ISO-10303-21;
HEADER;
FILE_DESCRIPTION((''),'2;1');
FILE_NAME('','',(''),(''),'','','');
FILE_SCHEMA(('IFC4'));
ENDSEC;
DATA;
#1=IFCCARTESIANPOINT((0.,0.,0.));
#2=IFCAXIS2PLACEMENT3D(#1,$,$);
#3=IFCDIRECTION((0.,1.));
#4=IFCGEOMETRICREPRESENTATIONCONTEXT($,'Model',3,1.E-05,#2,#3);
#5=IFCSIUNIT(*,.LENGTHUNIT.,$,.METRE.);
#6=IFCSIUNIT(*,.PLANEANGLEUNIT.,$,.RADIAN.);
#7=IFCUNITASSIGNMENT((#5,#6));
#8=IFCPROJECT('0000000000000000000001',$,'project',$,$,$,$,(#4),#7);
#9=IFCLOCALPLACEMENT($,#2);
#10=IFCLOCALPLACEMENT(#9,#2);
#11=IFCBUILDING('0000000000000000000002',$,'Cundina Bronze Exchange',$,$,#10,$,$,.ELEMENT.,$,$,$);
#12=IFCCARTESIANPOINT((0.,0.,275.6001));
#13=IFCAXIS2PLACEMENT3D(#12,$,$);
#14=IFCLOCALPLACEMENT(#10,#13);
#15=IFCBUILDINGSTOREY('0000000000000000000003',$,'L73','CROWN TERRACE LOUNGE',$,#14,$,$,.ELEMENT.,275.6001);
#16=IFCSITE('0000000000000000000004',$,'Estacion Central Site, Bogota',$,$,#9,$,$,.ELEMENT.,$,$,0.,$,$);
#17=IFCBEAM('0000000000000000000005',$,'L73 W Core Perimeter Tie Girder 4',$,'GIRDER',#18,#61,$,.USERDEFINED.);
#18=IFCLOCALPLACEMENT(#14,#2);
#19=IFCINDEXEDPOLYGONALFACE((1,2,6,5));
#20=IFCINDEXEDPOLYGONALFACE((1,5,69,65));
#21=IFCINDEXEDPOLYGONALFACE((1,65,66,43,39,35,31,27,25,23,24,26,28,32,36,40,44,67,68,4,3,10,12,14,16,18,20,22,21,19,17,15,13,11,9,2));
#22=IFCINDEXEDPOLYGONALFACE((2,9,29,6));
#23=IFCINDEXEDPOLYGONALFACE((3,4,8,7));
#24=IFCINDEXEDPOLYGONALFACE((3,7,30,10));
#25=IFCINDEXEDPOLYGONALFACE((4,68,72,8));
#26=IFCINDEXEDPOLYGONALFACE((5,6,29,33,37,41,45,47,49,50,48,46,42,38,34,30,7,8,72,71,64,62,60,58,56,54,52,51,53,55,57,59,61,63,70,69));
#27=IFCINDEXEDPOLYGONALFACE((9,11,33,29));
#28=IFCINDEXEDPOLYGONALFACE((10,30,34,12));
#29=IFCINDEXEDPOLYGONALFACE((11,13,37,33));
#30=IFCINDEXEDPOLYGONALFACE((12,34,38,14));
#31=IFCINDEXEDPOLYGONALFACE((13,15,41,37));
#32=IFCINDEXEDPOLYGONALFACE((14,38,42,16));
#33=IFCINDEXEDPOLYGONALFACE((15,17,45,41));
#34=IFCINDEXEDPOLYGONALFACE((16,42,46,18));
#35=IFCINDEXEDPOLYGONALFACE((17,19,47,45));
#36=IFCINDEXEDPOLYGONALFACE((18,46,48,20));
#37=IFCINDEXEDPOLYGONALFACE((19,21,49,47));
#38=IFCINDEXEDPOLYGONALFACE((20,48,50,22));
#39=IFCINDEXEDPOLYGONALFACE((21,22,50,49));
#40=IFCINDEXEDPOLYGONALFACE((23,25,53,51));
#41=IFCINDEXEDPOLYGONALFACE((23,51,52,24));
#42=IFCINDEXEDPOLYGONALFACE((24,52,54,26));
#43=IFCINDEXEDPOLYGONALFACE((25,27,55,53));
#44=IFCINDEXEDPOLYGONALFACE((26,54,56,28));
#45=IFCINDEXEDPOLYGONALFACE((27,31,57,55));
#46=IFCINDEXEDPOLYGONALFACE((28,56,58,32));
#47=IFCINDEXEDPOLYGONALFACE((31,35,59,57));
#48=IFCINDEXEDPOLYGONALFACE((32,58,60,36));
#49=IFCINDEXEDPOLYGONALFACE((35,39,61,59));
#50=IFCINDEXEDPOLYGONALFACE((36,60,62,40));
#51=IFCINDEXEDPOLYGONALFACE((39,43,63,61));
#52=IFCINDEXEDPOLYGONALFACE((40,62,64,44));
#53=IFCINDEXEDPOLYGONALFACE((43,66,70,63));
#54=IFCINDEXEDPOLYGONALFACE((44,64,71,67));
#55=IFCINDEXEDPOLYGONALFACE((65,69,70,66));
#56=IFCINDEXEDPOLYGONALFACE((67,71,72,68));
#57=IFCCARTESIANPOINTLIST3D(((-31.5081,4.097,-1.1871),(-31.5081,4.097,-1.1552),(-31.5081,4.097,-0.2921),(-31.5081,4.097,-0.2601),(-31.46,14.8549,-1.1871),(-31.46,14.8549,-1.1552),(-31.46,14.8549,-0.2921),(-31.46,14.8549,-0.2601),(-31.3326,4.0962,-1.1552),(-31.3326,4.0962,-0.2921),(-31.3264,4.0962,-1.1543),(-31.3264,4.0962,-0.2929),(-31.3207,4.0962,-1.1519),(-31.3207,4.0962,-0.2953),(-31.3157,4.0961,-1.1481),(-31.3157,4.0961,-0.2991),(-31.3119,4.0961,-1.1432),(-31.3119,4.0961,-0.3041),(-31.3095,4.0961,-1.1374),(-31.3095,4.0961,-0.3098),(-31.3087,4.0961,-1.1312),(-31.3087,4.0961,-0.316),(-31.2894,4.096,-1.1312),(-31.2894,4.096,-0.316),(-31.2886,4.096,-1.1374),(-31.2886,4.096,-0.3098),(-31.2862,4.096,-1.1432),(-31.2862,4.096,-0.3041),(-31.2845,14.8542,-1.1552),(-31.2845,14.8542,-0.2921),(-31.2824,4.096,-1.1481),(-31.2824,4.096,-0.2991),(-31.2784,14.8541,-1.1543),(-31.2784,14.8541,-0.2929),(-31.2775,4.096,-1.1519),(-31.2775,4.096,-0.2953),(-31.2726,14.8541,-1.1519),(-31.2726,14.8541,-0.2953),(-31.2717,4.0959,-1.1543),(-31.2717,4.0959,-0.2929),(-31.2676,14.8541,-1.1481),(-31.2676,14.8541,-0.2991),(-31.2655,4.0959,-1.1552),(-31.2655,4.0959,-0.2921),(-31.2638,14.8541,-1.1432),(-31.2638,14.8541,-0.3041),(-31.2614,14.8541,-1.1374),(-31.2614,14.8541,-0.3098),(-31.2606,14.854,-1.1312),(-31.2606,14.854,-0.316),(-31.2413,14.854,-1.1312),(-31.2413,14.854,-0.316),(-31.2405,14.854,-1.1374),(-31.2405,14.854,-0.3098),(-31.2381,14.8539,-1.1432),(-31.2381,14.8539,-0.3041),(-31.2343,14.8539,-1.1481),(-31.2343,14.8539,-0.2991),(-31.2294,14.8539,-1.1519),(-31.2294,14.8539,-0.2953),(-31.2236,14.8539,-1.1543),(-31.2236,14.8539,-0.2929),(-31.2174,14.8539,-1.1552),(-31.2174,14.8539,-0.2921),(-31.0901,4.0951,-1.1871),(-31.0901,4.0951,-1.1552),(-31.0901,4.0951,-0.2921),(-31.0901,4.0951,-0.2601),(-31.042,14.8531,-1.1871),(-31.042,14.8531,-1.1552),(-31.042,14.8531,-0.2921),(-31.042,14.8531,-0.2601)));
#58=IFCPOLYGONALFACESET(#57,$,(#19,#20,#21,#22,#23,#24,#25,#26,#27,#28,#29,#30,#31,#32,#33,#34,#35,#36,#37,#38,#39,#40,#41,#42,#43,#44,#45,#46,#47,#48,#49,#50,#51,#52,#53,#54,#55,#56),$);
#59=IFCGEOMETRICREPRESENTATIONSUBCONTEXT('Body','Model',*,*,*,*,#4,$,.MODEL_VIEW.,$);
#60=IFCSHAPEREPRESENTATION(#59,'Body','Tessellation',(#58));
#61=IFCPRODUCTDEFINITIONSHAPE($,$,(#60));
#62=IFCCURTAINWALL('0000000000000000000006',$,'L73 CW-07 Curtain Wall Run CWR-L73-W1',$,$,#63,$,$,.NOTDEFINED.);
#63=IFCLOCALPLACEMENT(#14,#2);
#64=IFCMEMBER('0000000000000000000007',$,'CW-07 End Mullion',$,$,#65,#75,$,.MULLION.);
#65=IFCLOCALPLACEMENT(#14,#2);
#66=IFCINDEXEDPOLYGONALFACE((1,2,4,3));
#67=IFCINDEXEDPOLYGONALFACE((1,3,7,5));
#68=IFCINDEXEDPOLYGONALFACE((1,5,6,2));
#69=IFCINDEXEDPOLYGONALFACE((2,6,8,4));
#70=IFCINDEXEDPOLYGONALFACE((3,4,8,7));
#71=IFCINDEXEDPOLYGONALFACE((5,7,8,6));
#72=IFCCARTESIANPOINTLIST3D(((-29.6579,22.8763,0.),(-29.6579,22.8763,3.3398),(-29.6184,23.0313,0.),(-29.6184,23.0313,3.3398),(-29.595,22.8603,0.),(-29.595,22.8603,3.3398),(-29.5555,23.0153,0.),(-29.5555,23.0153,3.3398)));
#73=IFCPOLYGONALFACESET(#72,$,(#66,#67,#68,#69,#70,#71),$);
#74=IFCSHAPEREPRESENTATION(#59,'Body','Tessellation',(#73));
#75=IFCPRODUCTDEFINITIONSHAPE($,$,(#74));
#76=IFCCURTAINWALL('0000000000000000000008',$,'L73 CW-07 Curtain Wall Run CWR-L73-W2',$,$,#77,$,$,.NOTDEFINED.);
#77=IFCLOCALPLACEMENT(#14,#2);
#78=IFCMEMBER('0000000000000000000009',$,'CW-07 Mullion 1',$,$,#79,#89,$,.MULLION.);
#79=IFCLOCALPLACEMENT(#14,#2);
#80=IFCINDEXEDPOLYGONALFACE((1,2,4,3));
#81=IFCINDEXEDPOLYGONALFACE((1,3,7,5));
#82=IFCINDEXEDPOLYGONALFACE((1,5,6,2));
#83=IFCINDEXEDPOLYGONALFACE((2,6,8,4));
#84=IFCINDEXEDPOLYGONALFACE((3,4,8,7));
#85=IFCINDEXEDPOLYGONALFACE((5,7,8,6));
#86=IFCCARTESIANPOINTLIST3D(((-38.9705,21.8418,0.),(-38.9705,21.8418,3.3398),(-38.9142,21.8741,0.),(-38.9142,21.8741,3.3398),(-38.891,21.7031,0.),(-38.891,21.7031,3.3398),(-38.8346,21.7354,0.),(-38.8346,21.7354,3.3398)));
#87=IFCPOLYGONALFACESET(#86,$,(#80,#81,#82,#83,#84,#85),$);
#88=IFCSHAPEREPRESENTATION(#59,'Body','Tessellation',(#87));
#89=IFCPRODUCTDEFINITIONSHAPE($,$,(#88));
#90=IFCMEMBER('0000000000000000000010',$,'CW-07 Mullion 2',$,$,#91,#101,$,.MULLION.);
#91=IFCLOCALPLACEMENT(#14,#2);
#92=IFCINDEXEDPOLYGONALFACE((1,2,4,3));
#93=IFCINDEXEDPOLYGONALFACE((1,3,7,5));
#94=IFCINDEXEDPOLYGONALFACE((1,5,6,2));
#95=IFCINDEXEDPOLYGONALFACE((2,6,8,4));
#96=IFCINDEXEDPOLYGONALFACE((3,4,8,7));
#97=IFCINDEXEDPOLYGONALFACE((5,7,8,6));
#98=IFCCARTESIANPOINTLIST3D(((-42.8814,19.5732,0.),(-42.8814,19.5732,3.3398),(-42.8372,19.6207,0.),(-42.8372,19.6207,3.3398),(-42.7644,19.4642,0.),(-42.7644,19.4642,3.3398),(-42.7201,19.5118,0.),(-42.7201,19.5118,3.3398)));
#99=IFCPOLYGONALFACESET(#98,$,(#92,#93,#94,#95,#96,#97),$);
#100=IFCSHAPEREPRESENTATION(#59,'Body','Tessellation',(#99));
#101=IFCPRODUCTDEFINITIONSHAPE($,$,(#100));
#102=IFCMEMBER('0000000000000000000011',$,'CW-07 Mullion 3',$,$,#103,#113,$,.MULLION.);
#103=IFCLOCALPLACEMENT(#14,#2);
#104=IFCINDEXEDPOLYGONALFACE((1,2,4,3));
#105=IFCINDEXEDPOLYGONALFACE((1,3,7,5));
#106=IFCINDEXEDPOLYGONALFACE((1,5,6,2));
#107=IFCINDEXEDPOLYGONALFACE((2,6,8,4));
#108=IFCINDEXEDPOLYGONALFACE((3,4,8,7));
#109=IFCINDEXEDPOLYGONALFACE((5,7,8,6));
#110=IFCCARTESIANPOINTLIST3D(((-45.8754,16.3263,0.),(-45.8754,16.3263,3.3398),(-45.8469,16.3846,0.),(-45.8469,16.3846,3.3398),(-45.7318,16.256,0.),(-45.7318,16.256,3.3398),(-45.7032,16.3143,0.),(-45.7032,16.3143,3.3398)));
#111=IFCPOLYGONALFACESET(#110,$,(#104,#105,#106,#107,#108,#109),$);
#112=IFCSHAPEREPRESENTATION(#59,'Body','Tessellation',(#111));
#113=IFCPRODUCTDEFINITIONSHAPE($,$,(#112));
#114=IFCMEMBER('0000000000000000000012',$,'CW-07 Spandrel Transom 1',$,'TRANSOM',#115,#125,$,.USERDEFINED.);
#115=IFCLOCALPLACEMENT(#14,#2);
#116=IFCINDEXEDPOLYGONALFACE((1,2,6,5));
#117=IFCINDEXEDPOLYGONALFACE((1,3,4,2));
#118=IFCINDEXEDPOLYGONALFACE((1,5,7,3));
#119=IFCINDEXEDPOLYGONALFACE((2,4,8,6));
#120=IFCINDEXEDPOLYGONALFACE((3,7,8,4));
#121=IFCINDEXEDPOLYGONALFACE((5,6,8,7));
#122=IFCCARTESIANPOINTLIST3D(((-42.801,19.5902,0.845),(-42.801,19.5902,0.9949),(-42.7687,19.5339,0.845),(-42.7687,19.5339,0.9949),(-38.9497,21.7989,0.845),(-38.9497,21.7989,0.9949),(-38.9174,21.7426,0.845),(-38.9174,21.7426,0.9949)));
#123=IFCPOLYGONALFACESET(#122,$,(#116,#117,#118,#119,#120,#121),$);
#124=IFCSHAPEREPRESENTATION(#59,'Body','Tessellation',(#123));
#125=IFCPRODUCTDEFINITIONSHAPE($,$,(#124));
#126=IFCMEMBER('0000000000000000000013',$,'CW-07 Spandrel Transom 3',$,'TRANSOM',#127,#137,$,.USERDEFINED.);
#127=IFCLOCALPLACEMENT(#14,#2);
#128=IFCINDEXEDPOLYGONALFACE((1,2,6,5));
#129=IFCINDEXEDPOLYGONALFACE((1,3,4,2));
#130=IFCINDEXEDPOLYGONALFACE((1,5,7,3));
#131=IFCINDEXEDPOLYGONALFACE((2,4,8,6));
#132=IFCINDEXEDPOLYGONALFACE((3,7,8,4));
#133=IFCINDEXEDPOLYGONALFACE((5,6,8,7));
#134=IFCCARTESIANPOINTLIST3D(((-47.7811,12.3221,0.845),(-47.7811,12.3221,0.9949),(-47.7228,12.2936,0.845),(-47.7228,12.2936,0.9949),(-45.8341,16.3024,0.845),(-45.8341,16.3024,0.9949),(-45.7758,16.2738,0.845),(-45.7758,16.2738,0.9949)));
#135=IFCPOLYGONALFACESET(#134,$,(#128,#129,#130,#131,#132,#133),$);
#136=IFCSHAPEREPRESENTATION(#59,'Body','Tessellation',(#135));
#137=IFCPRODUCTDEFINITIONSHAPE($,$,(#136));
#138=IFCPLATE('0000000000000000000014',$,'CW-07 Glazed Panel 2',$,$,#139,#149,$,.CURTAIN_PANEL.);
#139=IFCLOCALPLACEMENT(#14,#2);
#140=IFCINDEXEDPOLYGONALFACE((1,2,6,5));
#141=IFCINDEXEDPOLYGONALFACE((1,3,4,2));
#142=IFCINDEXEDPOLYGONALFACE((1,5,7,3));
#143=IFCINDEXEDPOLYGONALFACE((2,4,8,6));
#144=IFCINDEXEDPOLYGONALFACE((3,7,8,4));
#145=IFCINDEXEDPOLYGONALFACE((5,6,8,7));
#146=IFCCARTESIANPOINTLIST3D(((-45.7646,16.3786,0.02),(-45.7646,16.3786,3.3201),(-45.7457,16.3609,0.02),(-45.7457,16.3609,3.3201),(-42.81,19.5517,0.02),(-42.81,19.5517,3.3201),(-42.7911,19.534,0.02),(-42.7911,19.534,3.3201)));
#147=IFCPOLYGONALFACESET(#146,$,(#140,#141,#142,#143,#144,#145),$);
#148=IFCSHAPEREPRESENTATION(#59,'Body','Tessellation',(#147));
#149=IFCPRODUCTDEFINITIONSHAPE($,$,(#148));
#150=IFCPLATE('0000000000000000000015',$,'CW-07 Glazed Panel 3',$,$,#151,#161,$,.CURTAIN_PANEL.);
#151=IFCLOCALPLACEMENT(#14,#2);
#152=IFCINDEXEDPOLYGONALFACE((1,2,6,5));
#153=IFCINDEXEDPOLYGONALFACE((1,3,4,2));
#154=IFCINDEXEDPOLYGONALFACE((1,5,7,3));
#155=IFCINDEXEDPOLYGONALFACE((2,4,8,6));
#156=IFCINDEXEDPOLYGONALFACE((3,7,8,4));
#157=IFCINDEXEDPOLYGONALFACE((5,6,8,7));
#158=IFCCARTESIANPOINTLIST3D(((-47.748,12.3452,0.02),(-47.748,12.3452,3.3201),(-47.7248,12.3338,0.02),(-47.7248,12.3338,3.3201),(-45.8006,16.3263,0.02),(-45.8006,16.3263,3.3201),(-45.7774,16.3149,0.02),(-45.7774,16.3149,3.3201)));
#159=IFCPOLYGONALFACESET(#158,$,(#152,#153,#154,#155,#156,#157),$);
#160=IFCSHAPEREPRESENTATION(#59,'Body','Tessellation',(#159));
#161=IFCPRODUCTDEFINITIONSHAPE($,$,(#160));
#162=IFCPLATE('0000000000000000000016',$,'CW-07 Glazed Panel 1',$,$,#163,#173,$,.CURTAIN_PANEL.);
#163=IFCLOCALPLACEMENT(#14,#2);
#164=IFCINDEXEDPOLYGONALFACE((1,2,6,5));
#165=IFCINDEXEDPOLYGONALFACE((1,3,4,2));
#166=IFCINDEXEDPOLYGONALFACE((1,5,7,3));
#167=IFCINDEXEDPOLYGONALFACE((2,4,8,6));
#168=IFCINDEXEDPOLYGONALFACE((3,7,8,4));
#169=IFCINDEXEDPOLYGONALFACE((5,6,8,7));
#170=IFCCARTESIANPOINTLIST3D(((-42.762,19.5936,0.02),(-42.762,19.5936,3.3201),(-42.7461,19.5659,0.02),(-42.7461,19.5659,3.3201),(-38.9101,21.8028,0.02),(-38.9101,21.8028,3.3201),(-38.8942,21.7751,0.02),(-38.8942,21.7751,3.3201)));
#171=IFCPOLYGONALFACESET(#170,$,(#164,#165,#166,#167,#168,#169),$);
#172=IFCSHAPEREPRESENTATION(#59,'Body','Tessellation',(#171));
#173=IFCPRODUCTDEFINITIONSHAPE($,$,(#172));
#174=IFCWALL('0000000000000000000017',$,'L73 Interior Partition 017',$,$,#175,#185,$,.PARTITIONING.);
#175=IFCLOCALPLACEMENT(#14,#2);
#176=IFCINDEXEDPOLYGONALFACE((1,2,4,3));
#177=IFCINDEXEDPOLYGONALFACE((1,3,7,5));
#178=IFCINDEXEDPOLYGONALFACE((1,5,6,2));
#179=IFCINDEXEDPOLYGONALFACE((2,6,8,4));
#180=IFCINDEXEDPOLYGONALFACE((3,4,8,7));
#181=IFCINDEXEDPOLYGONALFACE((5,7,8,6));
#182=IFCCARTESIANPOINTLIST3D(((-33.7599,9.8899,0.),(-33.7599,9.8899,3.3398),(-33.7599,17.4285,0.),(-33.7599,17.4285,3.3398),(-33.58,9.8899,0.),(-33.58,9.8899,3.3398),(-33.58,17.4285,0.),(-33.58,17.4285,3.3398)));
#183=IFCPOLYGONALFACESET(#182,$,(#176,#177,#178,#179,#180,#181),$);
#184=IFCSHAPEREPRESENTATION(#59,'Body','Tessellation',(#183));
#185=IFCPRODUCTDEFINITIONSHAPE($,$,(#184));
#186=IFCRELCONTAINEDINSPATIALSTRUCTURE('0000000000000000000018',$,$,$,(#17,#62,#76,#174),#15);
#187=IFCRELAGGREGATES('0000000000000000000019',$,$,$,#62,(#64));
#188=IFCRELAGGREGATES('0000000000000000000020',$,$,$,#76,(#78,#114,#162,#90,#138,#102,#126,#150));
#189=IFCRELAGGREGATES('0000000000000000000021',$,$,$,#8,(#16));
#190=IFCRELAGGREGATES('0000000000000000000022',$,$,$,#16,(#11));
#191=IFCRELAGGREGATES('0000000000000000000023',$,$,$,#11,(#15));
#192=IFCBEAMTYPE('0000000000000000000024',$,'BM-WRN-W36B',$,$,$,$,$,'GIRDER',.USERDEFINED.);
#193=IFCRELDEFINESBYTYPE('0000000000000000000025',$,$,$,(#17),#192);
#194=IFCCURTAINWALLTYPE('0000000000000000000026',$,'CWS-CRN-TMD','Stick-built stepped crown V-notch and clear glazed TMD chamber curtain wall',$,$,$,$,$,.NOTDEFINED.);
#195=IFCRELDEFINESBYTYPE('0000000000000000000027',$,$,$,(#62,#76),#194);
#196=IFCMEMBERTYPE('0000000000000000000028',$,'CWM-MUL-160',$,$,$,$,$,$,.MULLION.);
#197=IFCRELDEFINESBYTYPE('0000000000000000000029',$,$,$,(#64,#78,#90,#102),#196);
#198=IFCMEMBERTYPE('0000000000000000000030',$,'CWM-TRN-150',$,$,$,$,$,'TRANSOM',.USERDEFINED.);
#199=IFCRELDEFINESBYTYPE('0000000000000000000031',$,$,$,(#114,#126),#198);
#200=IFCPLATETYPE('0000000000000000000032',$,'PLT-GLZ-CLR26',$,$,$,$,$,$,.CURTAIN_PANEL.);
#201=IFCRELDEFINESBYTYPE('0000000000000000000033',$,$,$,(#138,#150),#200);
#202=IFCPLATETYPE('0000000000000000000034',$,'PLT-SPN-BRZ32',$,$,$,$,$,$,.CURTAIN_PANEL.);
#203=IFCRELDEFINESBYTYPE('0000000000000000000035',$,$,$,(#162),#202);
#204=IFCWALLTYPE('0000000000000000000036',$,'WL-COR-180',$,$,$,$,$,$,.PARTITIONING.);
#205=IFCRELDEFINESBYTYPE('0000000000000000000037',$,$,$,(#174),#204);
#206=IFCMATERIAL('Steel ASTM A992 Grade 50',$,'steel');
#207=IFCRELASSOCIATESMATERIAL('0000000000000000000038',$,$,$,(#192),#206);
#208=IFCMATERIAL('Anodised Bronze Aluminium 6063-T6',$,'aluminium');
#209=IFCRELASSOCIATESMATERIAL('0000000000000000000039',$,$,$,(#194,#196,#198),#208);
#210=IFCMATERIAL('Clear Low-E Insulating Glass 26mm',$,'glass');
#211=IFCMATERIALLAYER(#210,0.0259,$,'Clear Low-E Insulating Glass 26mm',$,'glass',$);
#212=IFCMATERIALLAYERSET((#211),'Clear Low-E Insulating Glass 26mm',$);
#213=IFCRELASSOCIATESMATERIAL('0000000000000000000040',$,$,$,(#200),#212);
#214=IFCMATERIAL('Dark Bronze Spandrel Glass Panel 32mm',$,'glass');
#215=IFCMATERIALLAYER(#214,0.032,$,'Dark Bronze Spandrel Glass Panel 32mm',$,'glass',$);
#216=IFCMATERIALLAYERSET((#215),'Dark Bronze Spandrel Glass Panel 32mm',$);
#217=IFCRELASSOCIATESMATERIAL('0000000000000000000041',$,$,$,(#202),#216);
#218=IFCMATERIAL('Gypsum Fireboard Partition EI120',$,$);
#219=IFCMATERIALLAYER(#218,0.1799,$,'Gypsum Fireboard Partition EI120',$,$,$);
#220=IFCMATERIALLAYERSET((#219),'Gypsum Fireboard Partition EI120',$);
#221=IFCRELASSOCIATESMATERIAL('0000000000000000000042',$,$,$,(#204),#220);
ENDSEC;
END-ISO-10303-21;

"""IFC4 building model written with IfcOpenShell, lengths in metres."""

from ifc_helpers import new_model, si_unit, direction, frame, frame_2d, origin, origin_2d, place, context, subcontext, project, spatial, rectangle, i_section, extrude, material, layer, layer_set, material_profile, profile_set, type_object, element, aggregate, save


model = new_model("IFC4")

# Units and contexts
model_context = context("Model", 3, precision=1e-05, world=origin(), true_north=direction((0.0, 1.0)))
body_context = subcontext(model_context, "Body", "Model", "MODEL_VIEW")
ifc_project = project(units=[si_unit("LENGTHUNIT", "METRE"), si_unit("PLANEANGLEUNIT", "RADIAN")], contexts=[model_context])

# Site, building, storey
site_placement = place(None, origin())
site = spatial("IfcSite", under=ifc_project, at=site_placement, Name="Estacion Central Site, Bogota", CompositionType="ELEMENT", RefElevation=0.0)
building_placement = place(site_placement, origin())
building = spatial("IfcBuilding", under=site, at=building_placement, Name="Cundina Bronze Exchange", CompositionType="ELEMENT")
storey_placement = place(building_placement, frame((0.0, 0.0, 275.6001)))
storey = spatial("IfcBuildingStorey", under=building, at=storey_placement, Name="L73", Description="CROWN TERRACE LOUNGE", CompositionType="ELEMENT", Elevation=275.6001)

# Shared definitions
ifc_material_1 = material(Name="Steel ASTM A992 Grade 50", Category="steel")

# Beam
ifc_material_profile_1 = material_profile(ifc_material_1, i_section(OverallWidth=0.418, OverallDepth=0.927, WebThickness=0.0193, FlangeThickness=0.032, FilletRadius=0.0239, at=origin_2d()), Name="W36X231", Category="steel")
ifc_profile_set_1 = profile_set([ifc_material_profile_1], Name="Steel ASTM A992 Grade 50")
beam_type_1 = type_object("IfcBeamType", Name="BM-WRN-W36B", ElementType="GIRDER", PredefinedType="USERDEFINED", material=ifc_profile_set_1)
beam_1_placement = place(storey_placement, frame((-31.251, 14.854, -0.7236), z_axis=(-0.004471, -0.99999, 0.0), x_axis=(0.99999, -0.004471, 0.0)))
element("IfcBeam", 1, at=beam_1_placement, inside=storey, type_object=beam_type_1, Name="L73 W Core Perimeter Tie Girder 4", ObjectType="GIRDER", PredefinedType="USERDEFINED", context=body_context, shape_type="SweptSolid", body=[
    extrude(i_section(OverallWidth=0.418, OverallDepth=0.927, WebThickness=0.0193, FlangeThickness=0.032, FilletRadius=0.0239, at=origin_2d()), origin(), (0.0, 0.0, 1.0), 10.7581),
])

# Curtain wall, member
ifc_material_2 = material(Name="Anodised Bronze Aluminium 6063-T6", Category="aluminium")
curtain_wall_type = type_object("IfcCurtainWallType", Name="CWS-CRN-TMD", Description="Stick-built stepped crown V-notch and clear glazed TMD chamber curtain wall", PredefinedType="NOTDEFINED", material=ifc_material_2)
curtain_wall_1_placement = place(storey_placement, origin())
curtain_wall_1 = element("IfcCurtainWall", 2, at=curtain_wall_1_placement, inside=storey, type_object=curtain_wall_type, Name="L73 CW-07 Curtain Wall Run CWR-L73-W1", PredefinedType="NOTDEFINED")
ifc_material_profile_2 = material_profile(ifc_material_2, rectangle(XDim=0.0649, YDim=0.1599, at=origin_2d()), Name="AL65X160", Category="aluminium")
ifc_profile_set_2 = profile_set([ifc_material_profile_2], Name="Anodised Bronze Aluminium 6063-T6")
member_type_1 = type_object("IfcMemberType", Name="CWM-MUL-160", PredefinedType="MULLION", material=ifc_profile_set_2)
member_1_placement = place(storey_placement, frame((-29.6067, 22.9458, 0.0), z_axis=(0.0, 0.0, 1.0), x_axis=(-0.969059, 0.24683, 0.0)))
member_1 = element("IfcMember", 3, at=member_1_placement, type_object=member_type_1, Name="CW-07 End Mullion", PredefinedType="MULLION", context=body_context, shape_type="SweptSolid", body=[
    extrude(rectangle(XDim=0.0649, YDim=0.1599, at=origin_2d()), origin(), (0.0, 0.0, 1.0), 3.3398),
])
aggregate(curtain_wall_1, [member_1])

# Curtain wall, members, plates
curtain_wall_2_placement = place(storey_placement, origin())
curtain_wall_2 = element("IfcCurtainWall", 4, at=curtain_wall_2_placement, inside=storey, type_object=curtain_wall_type, Name="L73 CW-07 Curtain Wall Run CWR-L73-W2", PredefinedType="NOTDEFINED")
member_2_placement = place(storey_placement, frame((-38.9026, 21.7886, 0.0), z_axis=(0.0, 0.0, 1.0), x_axis=(-0.867418, -0.49758, 0.0)))
member_2 = element("IfcMember", 5, at=member_2_placement, type_object=member_type_1, Name="CW-07 Mullion 1", PredefinedType="MULLION", context=body_context, shape_type="SweptSolid", body=[
    extrude(rectangle(XDim=0.0649, YDim=0.1599, at=origin_2d()), origin(), (0.0, 0.0, 1.0), 3.3398),
])
member_3_placement = place(storey_placement, frame((-42.8008, 19.5425, 0.0), z_axis=(0.0, 0.0, 1.0), x_axis=(-0.681488, -0.73183, 0.0)))
member_3 = element("IfcMember", 6, at=member_3_placement, type_object=member_type_1, Name="CW-07 Mullion 2", PredefinedType="MULLION", context=body_context, shape_type="SweptSolid", body=[
    extrude(rectangle(XDim=0.0649, YDim=0.1599, at=origin_2d()), origin(), (0.0, 0.0, 1.0), 3.3398),
])
member_4_placement = place(storey_placement, frame((-45.7893, 16.3203, 0.0), z_axis=(0.0, 0.0, 1.0), x_axis=(-0.439469, -0.898258, 0.0)))
member_4 = element("IfcMember", 7, at=member_4_placement, type_object=member_type_1, Name="CW-07 Mullion 3", PredefinedType="MULLION", context=body_context, shape_type="SweptSolid", body=[
    extrude(rectangle(XDim=0.0649, YDim=0.1599, at=origin_2d()), origin(), (0.0, 0.0, 1.0), 3.3398),
])
ifc_material_profile_3 = material_profile(ifc_material_2, rectangle(XDim=0.0649, YDim=0.1499, at=origin_2d()), Name="AL65X150", Category="aluminium")
ifc_profile_set_3 = profile_set([ifc_material_profile_3], Name="Anodised Bronze Aluminium 6063-T6")
member_type_2 = type_object("IfcMemberType", Name="CWM-TRN-150", ElementType="TRANSOM", PredefinedType="USERDEFINED", material=ifc_profile_set_3)
member_5_placement = place(storey_placement, frame((-38.9336, 21.7708, 0.9199), z_axis=(-0.867467, -0.497494, 0.0), x_axis=(0.497494, -0.867467, 0.0)))
member_5 = element("IfcMember", 8, at=member_5_placement, type_object=member_type_2, Name="CW-07 Spandrel Transom 1", ObjectType="TRANSOM", PredefinedType="USERDEFINED", context=body_context, shape_type="SweptSolid", body=[
    extrude(rectangle(XDim=0.0649, YDim=0.1499, at=origin_2d()), origin(), (0.0, 0.0, 1.0), 4.4397),
])
member_6_placement = place(storey_placement, frame((-45.8049, 16.2881, 0.9199), z_axis=(-0.439417, -0.898283, 0.0), x_axis=(0.898283, -0.439417, 0.0)))
member_6 = element("IfcMember", 9, at=member_6_placement, type_object=member_type_2, Name="CW-07 Spandrel Transom 3", ObjectType="TRANSOM", PredefinedType="USERDEFINED", context=body_context, shape_type="SweptSolid", body=[
    extrude(rectangle(XDim=0.0649, YDim=0.1499, at=origin_2d()), origin(), (0.0, 0.0, 1.0), 4.4309),
])
ifc_material_3 = material(Name="Clear Low-E Insulating Glass 26mm", Category="glass")
ifc_layer_1 = layer(ifc_material_3, 0.0259, Name="Clear Low-E Insulating Glass 26mm", Category="glass")
ifc_layer_set_1 = layer_set([ifc_layer_1], Name="Clear Low-E Insulating Glass 26mm")
plate_type_1 = type_object("IfcPlateType", Name="PLT-GLZ-CLR26", PredefinedType="CURTAIN_PANEL", material=ifc_layer_set_1)
plate_1_placement = place(storey_placement, frame((-44.2778, 17.9563, 0.02), z_axis=(0.0, 0.0, 1.0), x_axis=(-0.681462, -0.731853, 0.0)))
plate_1 = element("IfcPlate", 10, at=plate_1_placement, type_object=plate_type_1, Name="CW-07 Glazed Panel 2", PredefinedType="CURTAIN_PANEL", context=body_context, shape_type="SweptSolid", body=[
    extrude(rectangle(XDim=4.3357, YDim=0.0259, at=origin_2d()), origin(), (0.0, 0.0, 1.0), 3.3),
])
plate_2_placement = place(storey_placement, frame((-46.7627, 14.3301, 0.02), z_axis=(0.0, 0.0, 1.0), x_axis=(-0.439406, -0.898288, 0.0)))
plate_2 = element("IfcPlate", 11, at=plate_2_placement, type_object=plate_type_1, Name="CW-07 Glazed Panel 3", PredefinedType="CURTAIN_PANEL", context=body_context, shape_type="SweptSolid", body=[
    extrude(rectangle(XDim=4.4319, YDim=0.0259, at=origin_2d()), origin(), (0.0, 0.0, 1.0), 3.3),
])
ifc_material_4 = material(Name="Dark Bronze Spandrel Glass Panel 32mm", Category="glass")
ifc_layer_2 = layer(ifc_material_4, 0.032, Name="Dark Bronze Spandrel Glass Panel 32mm", Category="glass")
ifc_layer_set_2 = layer_set([ifc_layer_2], Name="Dark Bronze Spandrel Glass Panel 32mm")
plate_type_2 = type_object("IfcPlateType", Name="PLT-SPN-BRZ32", PredefinedType="CURTAIN_PANEL", material=ifc_layer_set_2)
plate_3_placement = place(storey_placement, frame((-40.8281, 20.6843, 0.02), z_axis=(0.0, 0.0, 1.0), x_axis=(-0.867453, -0.497519, 0.0)))
plate_3 = element("IfcPlate", 12, at=plate_3_placement, type_object=plate_type_2, Name="CW-07 Glazed Panel 1", PredefinedType="CURTAIN_PANEL", context=body_context, shape_type="SweptSolid", body=[
    extrude(rectangle(XDim=4.4404, YDim=0.032, at=origin_2d()), origin(), (0.0, 0.0, 1.0), 3.3),
])
aggregate(curtain_wall_2, [member_2, member_5, plate_3, member_3, plate_1, member_4, member_6, plate_2])

# Wall
ifc_material_5 = material(Name="Gypsum Fireboard Partition EI120")
ifc_layer_3 = layer(ifc_material_5, 0.1799, Name="Gypsum Fireboard Partition EI120")
ifc_layer_set_3 = layer_set([ifc_layer_3], Name="Gypsum Fireboard Partition EI120")
wall_type_1 = type_object("IfcWallType", Name="WL-COR-180", PredefinedType="PARTITIONING", material=ifc_layer_set_3)
wall_1_placement = place(storey_placement, frame((-33.6699, 17.4285, 0.0), z_axis=(0.0, 0.0, 1.0), x_axis=(0.0, -1.0, 0.0)))
element("IfcWall", 13, at=wall_1_placement, inside=storey, type_object=wall_type_1, Name="L73 Interior Partition 017", PredefinedType="PARTITIONING", context=body_context, shape_type="SweptSolid", body=[
    extrude(rectangle(XDim=7.5386, YDim=0.1799, at=frame_2d((3.7693, 0.0))), origin(), (0.0, 0.0, 1.0), 3.3398),
])

save(model, "model.ifc")
